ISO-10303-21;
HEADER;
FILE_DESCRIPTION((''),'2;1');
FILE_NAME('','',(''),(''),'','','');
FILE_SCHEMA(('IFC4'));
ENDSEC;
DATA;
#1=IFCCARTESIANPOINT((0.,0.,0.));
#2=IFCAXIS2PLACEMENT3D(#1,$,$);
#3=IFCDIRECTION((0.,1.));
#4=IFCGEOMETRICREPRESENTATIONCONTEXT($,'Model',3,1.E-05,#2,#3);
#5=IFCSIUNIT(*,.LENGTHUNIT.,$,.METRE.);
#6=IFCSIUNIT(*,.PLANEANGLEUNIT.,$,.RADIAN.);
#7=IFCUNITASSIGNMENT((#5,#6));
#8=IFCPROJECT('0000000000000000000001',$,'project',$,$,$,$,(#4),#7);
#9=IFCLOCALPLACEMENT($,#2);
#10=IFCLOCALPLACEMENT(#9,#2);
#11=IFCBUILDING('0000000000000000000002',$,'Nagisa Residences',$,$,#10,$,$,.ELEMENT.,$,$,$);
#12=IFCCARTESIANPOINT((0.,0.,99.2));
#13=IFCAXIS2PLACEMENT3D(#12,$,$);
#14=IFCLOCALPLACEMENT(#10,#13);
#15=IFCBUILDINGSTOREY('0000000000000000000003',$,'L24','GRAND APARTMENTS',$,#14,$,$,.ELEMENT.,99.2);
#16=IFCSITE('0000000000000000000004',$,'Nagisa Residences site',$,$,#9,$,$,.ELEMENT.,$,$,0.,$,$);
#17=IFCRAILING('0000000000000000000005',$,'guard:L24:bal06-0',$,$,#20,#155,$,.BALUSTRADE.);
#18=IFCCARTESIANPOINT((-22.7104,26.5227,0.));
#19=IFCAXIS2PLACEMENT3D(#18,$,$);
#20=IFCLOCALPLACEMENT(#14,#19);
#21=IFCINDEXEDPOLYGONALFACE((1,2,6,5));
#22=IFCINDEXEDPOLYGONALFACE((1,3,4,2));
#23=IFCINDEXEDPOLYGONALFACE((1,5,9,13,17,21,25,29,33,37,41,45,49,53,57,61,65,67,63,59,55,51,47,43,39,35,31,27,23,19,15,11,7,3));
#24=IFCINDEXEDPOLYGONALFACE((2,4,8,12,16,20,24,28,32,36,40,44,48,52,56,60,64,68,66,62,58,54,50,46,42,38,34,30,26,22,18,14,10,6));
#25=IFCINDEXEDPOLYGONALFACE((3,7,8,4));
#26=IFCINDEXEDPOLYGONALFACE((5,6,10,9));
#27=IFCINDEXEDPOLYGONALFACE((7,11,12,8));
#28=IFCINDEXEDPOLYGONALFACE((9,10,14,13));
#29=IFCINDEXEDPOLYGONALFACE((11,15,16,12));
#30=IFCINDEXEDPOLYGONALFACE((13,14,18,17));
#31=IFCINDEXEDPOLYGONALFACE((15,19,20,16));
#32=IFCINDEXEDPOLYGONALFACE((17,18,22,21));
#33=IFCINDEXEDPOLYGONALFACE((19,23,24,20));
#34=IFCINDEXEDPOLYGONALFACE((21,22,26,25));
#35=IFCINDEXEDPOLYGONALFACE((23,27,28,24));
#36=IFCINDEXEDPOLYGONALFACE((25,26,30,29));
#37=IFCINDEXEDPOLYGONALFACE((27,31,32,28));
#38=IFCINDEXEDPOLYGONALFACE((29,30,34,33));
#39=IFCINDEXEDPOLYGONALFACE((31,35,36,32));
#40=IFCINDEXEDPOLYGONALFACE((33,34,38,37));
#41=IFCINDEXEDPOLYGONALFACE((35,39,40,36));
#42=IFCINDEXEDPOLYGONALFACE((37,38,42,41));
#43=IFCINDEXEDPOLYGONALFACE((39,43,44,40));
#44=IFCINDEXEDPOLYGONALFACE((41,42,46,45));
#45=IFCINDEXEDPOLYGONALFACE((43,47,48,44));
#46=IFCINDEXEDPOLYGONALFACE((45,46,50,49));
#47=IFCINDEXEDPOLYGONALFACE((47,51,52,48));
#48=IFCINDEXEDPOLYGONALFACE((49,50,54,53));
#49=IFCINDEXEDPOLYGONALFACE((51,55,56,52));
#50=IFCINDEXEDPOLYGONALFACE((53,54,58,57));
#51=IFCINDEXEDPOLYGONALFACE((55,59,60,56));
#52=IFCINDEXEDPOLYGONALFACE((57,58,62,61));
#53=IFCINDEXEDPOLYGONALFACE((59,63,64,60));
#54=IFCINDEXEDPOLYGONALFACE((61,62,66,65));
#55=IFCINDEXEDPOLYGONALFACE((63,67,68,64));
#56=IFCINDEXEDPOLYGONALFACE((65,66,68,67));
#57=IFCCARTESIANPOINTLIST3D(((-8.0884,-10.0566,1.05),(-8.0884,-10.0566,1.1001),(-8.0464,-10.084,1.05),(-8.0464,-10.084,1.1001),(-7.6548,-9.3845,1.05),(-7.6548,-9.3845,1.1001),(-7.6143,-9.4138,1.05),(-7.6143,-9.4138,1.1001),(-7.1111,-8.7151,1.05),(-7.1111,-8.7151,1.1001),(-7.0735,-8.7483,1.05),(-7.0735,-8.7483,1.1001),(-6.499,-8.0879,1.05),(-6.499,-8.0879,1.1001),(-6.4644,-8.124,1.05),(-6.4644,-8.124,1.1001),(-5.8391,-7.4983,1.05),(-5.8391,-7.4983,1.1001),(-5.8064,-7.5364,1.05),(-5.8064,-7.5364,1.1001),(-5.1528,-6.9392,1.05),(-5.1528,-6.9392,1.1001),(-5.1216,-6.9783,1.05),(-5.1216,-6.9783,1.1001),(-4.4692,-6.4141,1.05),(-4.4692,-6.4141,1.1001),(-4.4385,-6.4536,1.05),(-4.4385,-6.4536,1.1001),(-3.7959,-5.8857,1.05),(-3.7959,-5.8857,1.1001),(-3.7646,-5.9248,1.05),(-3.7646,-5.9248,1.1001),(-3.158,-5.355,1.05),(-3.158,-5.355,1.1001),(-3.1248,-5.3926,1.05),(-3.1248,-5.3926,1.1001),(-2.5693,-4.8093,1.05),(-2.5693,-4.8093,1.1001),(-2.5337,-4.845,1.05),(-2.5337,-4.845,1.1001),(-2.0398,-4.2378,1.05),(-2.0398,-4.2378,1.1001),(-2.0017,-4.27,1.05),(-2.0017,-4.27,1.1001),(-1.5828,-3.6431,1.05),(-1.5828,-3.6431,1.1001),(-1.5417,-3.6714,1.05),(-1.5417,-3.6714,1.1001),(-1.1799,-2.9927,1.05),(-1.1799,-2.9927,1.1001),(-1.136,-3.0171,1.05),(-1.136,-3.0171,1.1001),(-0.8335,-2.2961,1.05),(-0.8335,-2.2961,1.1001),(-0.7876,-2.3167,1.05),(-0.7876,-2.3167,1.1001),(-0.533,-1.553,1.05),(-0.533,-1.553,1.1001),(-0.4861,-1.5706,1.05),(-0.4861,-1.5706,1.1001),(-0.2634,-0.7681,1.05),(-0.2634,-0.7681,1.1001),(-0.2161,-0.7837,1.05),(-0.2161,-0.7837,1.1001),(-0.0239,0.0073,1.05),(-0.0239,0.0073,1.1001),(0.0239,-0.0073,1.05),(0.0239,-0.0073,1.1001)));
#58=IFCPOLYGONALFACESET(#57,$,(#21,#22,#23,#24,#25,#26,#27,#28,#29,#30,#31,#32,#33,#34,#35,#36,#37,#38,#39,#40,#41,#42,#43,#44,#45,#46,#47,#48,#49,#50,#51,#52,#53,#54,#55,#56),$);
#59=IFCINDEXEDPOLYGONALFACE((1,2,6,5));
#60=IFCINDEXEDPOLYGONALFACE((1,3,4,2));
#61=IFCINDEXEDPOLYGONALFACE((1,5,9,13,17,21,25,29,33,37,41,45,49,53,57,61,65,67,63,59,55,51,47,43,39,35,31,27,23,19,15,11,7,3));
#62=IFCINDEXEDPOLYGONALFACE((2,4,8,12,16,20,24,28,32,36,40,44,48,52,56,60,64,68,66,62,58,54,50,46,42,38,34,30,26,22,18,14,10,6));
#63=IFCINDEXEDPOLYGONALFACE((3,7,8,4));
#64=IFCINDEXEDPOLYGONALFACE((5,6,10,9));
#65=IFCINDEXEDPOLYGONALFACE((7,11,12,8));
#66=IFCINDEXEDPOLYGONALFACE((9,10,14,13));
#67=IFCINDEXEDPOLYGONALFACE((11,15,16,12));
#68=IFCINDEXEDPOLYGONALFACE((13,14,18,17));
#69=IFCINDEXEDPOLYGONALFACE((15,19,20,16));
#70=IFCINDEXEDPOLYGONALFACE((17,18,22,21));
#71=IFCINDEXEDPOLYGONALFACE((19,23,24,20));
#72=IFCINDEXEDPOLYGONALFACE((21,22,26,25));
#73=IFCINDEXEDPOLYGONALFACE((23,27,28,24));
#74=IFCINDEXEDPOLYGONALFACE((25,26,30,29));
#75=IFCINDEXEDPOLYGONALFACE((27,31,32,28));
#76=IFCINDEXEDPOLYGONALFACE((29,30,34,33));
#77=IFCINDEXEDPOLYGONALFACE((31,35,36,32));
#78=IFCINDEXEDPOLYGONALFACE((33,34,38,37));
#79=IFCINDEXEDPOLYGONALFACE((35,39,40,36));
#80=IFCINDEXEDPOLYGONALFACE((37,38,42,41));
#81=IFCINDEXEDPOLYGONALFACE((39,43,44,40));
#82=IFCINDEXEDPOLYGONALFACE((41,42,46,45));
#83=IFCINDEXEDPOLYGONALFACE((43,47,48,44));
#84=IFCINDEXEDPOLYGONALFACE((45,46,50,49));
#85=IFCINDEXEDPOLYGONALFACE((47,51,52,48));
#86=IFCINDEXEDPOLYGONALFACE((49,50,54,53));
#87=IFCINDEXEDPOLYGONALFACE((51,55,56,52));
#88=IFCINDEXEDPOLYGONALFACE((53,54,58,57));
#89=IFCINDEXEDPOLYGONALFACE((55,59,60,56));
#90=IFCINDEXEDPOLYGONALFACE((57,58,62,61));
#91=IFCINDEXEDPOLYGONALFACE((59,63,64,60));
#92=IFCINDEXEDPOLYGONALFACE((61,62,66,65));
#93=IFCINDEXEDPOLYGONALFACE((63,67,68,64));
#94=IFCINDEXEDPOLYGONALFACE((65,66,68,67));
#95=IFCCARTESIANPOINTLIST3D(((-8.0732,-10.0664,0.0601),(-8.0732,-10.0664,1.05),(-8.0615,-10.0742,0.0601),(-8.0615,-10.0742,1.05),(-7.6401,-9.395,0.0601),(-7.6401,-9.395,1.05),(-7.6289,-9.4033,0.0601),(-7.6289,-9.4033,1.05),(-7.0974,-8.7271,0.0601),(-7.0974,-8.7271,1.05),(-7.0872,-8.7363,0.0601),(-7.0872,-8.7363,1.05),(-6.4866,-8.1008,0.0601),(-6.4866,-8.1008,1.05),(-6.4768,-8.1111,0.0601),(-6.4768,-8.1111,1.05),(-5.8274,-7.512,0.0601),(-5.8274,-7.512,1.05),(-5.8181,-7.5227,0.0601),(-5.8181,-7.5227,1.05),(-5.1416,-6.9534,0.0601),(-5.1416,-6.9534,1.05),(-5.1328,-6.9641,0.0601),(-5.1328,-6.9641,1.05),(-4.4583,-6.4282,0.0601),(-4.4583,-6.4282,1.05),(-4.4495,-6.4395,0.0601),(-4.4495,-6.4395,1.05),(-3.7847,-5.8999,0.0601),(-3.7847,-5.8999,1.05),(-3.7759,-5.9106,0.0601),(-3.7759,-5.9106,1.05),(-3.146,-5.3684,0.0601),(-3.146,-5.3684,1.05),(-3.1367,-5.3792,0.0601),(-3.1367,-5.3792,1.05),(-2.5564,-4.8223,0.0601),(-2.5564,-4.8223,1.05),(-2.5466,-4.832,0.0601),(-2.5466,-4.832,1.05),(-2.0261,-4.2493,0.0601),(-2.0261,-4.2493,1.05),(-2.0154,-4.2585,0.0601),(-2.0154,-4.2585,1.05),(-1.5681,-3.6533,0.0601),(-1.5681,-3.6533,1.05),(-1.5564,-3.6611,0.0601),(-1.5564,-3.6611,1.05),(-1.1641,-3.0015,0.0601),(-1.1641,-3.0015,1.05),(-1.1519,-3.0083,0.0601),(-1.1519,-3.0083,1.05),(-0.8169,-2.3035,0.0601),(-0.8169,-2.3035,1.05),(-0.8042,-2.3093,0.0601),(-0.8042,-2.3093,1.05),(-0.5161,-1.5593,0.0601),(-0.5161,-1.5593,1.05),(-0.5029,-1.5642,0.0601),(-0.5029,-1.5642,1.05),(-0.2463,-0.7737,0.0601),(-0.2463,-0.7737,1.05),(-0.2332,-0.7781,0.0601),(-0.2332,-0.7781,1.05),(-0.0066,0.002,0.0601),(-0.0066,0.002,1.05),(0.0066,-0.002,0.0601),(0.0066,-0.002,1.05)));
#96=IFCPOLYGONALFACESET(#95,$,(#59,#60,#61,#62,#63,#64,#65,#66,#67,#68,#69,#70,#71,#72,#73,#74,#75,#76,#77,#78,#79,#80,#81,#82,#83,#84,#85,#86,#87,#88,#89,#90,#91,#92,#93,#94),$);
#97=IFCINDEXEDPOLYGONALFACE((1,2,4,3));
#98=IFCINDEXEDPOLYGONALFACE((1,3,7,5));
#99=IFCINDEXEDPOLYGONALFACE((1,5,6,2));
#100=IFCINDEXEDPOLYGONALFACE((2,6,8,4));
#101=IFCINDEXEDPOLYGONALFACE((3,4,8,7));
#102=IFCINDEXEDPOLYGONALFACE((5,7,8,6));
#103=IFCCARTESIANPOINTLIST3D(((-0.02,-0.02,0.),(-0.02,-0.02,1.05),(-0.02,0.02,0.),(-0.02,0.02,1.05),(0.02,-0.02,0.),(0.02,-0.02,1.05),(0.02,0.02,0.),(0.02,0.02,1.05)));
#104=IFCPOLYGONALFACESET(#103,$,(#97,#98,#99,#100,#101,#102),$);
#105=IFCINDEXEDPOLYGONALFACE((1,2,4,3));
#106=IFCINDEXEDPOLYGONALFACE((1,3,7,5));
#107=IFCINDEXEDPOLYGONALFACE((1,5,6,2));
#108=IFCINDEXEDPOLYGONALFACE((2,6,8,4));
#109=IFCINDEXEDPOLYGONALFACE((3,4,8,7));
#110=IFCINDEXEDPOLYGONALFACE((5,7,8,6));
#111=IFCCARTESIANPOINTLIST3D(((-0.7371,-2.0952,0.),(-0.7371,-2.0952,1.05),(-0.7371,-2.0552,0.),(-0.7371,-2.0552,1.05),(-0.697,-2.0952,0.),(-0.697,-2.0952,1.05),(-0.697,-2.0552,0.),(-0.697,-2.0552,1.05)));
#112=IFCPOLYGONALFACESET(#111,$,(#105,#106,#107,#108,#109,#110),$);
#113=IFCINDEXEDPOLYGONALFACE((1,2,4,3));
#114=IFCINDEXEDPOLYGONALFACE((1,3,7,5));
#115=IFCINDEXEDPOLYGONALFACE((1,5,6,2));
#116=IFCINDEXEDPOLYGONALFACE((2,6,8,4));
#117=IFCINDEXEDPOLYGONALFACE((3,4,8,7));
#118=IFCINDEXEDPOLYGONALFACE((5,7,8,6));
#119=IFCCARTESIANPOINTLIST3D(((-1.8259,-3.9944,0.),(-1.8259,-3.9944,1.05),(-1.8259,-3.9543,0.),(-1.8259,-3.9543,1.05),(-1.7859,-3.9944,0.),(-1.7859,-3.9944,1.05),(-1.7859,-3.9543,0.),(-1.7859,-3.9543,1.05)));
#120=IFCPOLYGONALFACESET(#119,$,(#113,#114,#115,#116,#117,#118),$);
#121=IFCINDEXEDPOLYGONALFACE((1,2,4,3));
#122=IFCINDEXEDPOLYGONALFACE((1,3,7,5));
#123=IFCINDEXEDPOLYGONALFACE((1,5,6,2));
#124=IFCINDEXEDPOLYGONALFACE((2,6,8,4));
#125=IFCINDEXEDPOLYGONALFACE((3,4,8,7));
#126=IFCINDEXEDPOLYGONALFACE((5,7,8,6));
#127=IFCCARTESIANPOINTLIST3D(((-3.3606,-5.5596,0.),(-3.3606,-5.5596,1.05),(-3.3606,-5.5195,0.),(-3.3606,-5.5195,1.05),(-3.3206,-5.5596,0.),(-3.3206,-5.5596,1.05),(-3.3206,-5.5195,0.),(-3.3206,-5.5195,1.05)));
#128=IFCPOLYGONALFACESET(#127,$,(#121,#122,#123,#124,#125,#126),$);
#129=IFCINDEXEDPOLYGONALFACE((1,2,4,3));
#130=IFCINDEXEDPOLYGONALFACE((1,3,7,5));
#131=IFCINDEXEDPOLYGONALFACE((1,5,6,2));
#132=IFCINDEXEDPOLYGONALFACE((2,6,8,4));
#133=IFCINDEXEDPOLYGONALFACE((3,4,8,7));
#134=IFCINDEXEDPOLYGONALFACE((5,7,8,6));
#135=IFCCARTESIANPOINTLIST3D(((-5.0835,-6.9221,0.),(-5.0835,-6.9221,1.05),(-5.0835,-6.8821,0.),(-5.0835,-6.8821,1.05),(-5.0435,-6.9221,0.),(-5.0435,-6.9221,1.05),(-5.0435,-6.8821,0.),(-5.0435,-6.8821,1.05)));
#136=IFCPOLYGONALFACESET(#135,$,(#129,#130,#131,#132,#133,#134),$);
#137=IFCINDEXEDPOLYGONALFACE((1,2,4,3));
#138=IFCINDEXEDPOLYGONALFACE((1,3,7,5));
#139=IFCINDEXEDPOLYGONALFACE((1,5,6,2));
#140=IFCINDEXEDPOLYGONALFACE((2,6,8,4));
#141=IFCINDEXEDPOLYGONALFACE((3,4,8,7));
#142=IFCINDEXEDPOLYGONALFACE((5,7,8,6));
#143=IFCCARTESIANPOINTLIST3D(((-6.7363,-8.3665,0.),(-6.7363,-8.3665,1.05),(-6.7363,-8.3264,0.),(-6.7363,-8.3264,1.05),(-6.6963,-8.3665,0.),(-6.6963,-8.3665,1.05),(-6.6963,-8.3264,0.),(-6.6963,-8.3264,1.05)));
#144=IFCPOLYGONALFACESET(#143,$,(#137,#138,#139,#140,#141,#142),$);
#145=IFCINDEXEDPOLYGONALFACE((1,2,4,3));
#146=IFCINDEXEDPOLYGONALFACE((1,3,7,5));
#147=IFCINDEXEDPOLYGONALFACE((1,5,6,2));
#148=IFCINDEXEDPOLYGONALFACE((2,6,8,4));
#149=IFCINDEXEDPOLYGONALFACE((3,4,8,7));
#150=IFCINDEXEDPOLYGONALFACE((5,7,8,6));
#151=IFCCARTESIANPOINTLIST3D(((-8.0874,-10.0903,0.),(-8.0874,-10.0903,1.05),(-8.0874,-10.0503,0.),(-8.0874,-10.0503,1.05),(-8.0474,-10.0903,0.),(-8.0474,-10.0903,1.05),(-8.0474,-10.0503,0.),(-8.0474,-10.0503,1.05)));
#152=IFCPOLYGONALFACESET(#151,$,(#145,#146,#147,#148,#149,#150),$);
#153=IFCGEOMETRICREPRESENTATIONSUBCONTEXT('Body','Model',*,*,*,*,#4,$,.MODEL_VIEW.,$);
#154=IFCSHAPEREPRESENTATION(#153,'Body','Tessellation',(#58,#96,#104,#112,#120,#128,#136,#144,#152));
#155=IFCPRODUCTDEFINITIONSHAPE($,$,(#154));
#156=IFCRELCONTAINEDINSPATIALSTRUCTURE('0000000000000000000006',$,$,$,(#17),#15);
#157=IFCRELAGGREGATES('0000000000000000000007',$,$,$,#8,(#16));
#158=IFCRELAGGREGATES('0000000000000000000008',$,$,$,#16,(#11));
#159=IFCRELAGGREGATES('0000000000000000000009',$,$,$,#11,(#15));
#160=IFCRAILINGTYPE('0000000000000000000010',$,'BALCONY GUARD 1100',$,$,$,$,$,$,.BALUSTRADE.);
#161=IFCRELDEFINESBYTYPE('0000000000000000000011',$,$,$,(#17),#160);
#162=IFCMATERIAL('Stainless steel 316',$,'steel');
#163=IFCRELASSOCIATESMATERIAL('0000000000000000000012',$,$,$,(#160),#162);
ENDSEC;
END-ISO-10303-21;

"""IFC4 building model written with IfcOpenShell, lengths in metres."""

from ifc_helpers import new_model, si_unit, direction, frame, origin, origin_2d, place, context, subcontext, project, spatial, polyline, rectangle, outline, extrude, material, type_object, element, save


model = new_model("IFC4")

# Units and contexts
model_context = context("Model", 3, precision=1e-05, world=origin(), true_north=direction((0.0, 1.0)))
body_context = subcontext(model_context, "Body", "Model", "MODEL_VIEW")
ifc_project = project(units=[si_unit("LENGTHUNIT", "METRE"), si_unit("PLANEANGLEUNIT", "RADIAN")], contexts=[model_context])

# Site, building, storey
site_placement = place(None, origin())
site = spatial("IfcSite", under=ifc_project, at=site_placement, Name="Nagisa Residences site", CompositionType="ELEMENT", RefElevation=0.0)
building_placement = place(site_placement, origin())
building = spatial("IfcBuilding", under=site, at=building_placement, Name="Nagisa Residences", CompositionType="ELEMENT")
storey_placement = place(building_placement, frame((0.0, 0.0, 99.2)))
storey = spatial("IfcBuildingStorey", under=building, at=storey_placement, Name="L24", Description="GRAND APARTMENTS", CompositionType="ELEMENT", Elevation=99.2)

# Railing
ifc_material_1 = material(Name="Stainless steel 316", Category="steel")
railing_type = type_object("IfcRailingType", Name="BALCONY GUARD 1100", PredefinedType="BALUSTRADE", material=ifc_material_1)
railing_placement = place(storey_placement, frame((-22.7104, 26.5227, 0.0)))
element("IfcRailing", 1, at=railing_placement, inside=storey, type_object=railing_type, Name="guard:L24:bal06-0", PredefinedType="BALUSTRADE", context=body_context, shape_type="SweptSolid", body=[
    extrude(outline(polyline([(-0.2161, -0.7837), (0.0239, -0.0073), (-0.0239, 0.0073), (-0.2634, -0.7681), (-0.533, -1.553), (-0.8335, -2.2961), (-1.1799, -2.9927), (-1.5828, -3.6431), (-2.0398, -4.2378), (-2.5693, -4.8093), (-3.158, -5.355), (-3.7959, -5.8857), (-4.4692, -6.4141), (-5.1528, -6.9392), (-5.8391, -7.4983), (-6.499, -8.0879), (-7.1111, -8.7151), (-7.6548, -9.3845), (-8.0884, -10.0566), (-8.0464, -10.084), (-7.6143, -9.4138), (-7.0735, -8.7483), (-6.4644, -8.124), (-5.8064, -7.5364), (-5.1216, -6.9783), (-4.4385, -6.4536), (-3.7646, -5.9248), (-3.1248, -5.3926), (-2.5337, -4.845), (-2.0017, -4.27), (-1.5417, -3.6714), (-1.136, -3.0171), (-0.7876, -2.3167), (-0.4861, -1.5706), (-0.2161, -0.7837)])), frame((0.0, 0.0, 1.05)), (0.0, 0.0, 1.0), 0.05),
    extrude(outline(polyline([(-0.2332, -0.7781), (0.0066, -0.002), (-0.0066, 0.002), (-0.2463, -0.7737), (-0.5161, -1.5593), (-0.8169, -2.3035), (-1.1641, -3.0015), (-1.5681, -3.6533), (-2.0261, -4.2493), (-2.5564, -4.8223), (-3.146, -5.3684), (-3.7847, -5.8999), (-4.4583, -6.4282), (-5.1416, -6.9534), (-5.8274, -7.512), (-6.4866, -8.1008), (-7.0974, -8.7271), (-7.6401, -9.395), (-8.0732, -10.0664), (-8.0615, -10.0742), (-7.6289, -9.4033), (-7.0872, -8.7363), (-6.4768, -8.1111), (-5.8181, -7.5227), (-5.1328, -6.9641), (-4.4495, -6.4395), (-3.7759, -5.9106), (-3.1367, -5.3792), (-2.5466, -4.832), (-2.0154, -4.2585), (-1.5564, -3.6611), (-1.1519, -3.0083), (-0.8042, -2.3093), (-0.5029, -1.5642), (-0.2332, -0.7781)])), frame((0.0, 0.0, 0.0601)), (0.0, 0.0, 1.0), 0.99),
    extrude(rectangle(XDim=0.04, YDim=0.04, at=origin_2d()), origin(), (0.0, 0.0, 1.0), 1.05),
    extrude(rectangle(XDim=0.04, YDim=0.04, at=origin_2d()), frame((-0.717, -2.0752, 0.0)), (0.0, 0.0, 1.0), 1.05),
    extrude(rectangle(XDim=0.04, YDim=0.04, at=origin_2d()), frame((-1.8059, -3.9744, 0.0)), (0.0, 0.0, 1.0), 1.05),
    extrude(rectangle(XDim=0.04, YDim=0.04, at=origin_2d()), frame((-3.3406, -5.5396, 0.0)), (0.0, 0.0, 1.0), 1.05),
    extrude(rectangle(XDim=0.04, YDim=0.04, at=origin_2d()), frame((-5.0635, -6.9021, 0.0)), (0.0, 0.0, 1.0), 1.05),
    extrude(rectangle(XDim=0.04, YDim=0.04, at=origin_2d()), frame((-6.7163, -8.3464, 0.0)), (0.0, 0.0, 1.0), 1.05),
    extrude(rectangle(XDim=0.04, YDim=0.04, at=origin_2d()), frame((-8.0674, -10.0703, 0.0)), (0.0, 0.0, 1.0), 1.05),
])

save(model, "model.ifc")
